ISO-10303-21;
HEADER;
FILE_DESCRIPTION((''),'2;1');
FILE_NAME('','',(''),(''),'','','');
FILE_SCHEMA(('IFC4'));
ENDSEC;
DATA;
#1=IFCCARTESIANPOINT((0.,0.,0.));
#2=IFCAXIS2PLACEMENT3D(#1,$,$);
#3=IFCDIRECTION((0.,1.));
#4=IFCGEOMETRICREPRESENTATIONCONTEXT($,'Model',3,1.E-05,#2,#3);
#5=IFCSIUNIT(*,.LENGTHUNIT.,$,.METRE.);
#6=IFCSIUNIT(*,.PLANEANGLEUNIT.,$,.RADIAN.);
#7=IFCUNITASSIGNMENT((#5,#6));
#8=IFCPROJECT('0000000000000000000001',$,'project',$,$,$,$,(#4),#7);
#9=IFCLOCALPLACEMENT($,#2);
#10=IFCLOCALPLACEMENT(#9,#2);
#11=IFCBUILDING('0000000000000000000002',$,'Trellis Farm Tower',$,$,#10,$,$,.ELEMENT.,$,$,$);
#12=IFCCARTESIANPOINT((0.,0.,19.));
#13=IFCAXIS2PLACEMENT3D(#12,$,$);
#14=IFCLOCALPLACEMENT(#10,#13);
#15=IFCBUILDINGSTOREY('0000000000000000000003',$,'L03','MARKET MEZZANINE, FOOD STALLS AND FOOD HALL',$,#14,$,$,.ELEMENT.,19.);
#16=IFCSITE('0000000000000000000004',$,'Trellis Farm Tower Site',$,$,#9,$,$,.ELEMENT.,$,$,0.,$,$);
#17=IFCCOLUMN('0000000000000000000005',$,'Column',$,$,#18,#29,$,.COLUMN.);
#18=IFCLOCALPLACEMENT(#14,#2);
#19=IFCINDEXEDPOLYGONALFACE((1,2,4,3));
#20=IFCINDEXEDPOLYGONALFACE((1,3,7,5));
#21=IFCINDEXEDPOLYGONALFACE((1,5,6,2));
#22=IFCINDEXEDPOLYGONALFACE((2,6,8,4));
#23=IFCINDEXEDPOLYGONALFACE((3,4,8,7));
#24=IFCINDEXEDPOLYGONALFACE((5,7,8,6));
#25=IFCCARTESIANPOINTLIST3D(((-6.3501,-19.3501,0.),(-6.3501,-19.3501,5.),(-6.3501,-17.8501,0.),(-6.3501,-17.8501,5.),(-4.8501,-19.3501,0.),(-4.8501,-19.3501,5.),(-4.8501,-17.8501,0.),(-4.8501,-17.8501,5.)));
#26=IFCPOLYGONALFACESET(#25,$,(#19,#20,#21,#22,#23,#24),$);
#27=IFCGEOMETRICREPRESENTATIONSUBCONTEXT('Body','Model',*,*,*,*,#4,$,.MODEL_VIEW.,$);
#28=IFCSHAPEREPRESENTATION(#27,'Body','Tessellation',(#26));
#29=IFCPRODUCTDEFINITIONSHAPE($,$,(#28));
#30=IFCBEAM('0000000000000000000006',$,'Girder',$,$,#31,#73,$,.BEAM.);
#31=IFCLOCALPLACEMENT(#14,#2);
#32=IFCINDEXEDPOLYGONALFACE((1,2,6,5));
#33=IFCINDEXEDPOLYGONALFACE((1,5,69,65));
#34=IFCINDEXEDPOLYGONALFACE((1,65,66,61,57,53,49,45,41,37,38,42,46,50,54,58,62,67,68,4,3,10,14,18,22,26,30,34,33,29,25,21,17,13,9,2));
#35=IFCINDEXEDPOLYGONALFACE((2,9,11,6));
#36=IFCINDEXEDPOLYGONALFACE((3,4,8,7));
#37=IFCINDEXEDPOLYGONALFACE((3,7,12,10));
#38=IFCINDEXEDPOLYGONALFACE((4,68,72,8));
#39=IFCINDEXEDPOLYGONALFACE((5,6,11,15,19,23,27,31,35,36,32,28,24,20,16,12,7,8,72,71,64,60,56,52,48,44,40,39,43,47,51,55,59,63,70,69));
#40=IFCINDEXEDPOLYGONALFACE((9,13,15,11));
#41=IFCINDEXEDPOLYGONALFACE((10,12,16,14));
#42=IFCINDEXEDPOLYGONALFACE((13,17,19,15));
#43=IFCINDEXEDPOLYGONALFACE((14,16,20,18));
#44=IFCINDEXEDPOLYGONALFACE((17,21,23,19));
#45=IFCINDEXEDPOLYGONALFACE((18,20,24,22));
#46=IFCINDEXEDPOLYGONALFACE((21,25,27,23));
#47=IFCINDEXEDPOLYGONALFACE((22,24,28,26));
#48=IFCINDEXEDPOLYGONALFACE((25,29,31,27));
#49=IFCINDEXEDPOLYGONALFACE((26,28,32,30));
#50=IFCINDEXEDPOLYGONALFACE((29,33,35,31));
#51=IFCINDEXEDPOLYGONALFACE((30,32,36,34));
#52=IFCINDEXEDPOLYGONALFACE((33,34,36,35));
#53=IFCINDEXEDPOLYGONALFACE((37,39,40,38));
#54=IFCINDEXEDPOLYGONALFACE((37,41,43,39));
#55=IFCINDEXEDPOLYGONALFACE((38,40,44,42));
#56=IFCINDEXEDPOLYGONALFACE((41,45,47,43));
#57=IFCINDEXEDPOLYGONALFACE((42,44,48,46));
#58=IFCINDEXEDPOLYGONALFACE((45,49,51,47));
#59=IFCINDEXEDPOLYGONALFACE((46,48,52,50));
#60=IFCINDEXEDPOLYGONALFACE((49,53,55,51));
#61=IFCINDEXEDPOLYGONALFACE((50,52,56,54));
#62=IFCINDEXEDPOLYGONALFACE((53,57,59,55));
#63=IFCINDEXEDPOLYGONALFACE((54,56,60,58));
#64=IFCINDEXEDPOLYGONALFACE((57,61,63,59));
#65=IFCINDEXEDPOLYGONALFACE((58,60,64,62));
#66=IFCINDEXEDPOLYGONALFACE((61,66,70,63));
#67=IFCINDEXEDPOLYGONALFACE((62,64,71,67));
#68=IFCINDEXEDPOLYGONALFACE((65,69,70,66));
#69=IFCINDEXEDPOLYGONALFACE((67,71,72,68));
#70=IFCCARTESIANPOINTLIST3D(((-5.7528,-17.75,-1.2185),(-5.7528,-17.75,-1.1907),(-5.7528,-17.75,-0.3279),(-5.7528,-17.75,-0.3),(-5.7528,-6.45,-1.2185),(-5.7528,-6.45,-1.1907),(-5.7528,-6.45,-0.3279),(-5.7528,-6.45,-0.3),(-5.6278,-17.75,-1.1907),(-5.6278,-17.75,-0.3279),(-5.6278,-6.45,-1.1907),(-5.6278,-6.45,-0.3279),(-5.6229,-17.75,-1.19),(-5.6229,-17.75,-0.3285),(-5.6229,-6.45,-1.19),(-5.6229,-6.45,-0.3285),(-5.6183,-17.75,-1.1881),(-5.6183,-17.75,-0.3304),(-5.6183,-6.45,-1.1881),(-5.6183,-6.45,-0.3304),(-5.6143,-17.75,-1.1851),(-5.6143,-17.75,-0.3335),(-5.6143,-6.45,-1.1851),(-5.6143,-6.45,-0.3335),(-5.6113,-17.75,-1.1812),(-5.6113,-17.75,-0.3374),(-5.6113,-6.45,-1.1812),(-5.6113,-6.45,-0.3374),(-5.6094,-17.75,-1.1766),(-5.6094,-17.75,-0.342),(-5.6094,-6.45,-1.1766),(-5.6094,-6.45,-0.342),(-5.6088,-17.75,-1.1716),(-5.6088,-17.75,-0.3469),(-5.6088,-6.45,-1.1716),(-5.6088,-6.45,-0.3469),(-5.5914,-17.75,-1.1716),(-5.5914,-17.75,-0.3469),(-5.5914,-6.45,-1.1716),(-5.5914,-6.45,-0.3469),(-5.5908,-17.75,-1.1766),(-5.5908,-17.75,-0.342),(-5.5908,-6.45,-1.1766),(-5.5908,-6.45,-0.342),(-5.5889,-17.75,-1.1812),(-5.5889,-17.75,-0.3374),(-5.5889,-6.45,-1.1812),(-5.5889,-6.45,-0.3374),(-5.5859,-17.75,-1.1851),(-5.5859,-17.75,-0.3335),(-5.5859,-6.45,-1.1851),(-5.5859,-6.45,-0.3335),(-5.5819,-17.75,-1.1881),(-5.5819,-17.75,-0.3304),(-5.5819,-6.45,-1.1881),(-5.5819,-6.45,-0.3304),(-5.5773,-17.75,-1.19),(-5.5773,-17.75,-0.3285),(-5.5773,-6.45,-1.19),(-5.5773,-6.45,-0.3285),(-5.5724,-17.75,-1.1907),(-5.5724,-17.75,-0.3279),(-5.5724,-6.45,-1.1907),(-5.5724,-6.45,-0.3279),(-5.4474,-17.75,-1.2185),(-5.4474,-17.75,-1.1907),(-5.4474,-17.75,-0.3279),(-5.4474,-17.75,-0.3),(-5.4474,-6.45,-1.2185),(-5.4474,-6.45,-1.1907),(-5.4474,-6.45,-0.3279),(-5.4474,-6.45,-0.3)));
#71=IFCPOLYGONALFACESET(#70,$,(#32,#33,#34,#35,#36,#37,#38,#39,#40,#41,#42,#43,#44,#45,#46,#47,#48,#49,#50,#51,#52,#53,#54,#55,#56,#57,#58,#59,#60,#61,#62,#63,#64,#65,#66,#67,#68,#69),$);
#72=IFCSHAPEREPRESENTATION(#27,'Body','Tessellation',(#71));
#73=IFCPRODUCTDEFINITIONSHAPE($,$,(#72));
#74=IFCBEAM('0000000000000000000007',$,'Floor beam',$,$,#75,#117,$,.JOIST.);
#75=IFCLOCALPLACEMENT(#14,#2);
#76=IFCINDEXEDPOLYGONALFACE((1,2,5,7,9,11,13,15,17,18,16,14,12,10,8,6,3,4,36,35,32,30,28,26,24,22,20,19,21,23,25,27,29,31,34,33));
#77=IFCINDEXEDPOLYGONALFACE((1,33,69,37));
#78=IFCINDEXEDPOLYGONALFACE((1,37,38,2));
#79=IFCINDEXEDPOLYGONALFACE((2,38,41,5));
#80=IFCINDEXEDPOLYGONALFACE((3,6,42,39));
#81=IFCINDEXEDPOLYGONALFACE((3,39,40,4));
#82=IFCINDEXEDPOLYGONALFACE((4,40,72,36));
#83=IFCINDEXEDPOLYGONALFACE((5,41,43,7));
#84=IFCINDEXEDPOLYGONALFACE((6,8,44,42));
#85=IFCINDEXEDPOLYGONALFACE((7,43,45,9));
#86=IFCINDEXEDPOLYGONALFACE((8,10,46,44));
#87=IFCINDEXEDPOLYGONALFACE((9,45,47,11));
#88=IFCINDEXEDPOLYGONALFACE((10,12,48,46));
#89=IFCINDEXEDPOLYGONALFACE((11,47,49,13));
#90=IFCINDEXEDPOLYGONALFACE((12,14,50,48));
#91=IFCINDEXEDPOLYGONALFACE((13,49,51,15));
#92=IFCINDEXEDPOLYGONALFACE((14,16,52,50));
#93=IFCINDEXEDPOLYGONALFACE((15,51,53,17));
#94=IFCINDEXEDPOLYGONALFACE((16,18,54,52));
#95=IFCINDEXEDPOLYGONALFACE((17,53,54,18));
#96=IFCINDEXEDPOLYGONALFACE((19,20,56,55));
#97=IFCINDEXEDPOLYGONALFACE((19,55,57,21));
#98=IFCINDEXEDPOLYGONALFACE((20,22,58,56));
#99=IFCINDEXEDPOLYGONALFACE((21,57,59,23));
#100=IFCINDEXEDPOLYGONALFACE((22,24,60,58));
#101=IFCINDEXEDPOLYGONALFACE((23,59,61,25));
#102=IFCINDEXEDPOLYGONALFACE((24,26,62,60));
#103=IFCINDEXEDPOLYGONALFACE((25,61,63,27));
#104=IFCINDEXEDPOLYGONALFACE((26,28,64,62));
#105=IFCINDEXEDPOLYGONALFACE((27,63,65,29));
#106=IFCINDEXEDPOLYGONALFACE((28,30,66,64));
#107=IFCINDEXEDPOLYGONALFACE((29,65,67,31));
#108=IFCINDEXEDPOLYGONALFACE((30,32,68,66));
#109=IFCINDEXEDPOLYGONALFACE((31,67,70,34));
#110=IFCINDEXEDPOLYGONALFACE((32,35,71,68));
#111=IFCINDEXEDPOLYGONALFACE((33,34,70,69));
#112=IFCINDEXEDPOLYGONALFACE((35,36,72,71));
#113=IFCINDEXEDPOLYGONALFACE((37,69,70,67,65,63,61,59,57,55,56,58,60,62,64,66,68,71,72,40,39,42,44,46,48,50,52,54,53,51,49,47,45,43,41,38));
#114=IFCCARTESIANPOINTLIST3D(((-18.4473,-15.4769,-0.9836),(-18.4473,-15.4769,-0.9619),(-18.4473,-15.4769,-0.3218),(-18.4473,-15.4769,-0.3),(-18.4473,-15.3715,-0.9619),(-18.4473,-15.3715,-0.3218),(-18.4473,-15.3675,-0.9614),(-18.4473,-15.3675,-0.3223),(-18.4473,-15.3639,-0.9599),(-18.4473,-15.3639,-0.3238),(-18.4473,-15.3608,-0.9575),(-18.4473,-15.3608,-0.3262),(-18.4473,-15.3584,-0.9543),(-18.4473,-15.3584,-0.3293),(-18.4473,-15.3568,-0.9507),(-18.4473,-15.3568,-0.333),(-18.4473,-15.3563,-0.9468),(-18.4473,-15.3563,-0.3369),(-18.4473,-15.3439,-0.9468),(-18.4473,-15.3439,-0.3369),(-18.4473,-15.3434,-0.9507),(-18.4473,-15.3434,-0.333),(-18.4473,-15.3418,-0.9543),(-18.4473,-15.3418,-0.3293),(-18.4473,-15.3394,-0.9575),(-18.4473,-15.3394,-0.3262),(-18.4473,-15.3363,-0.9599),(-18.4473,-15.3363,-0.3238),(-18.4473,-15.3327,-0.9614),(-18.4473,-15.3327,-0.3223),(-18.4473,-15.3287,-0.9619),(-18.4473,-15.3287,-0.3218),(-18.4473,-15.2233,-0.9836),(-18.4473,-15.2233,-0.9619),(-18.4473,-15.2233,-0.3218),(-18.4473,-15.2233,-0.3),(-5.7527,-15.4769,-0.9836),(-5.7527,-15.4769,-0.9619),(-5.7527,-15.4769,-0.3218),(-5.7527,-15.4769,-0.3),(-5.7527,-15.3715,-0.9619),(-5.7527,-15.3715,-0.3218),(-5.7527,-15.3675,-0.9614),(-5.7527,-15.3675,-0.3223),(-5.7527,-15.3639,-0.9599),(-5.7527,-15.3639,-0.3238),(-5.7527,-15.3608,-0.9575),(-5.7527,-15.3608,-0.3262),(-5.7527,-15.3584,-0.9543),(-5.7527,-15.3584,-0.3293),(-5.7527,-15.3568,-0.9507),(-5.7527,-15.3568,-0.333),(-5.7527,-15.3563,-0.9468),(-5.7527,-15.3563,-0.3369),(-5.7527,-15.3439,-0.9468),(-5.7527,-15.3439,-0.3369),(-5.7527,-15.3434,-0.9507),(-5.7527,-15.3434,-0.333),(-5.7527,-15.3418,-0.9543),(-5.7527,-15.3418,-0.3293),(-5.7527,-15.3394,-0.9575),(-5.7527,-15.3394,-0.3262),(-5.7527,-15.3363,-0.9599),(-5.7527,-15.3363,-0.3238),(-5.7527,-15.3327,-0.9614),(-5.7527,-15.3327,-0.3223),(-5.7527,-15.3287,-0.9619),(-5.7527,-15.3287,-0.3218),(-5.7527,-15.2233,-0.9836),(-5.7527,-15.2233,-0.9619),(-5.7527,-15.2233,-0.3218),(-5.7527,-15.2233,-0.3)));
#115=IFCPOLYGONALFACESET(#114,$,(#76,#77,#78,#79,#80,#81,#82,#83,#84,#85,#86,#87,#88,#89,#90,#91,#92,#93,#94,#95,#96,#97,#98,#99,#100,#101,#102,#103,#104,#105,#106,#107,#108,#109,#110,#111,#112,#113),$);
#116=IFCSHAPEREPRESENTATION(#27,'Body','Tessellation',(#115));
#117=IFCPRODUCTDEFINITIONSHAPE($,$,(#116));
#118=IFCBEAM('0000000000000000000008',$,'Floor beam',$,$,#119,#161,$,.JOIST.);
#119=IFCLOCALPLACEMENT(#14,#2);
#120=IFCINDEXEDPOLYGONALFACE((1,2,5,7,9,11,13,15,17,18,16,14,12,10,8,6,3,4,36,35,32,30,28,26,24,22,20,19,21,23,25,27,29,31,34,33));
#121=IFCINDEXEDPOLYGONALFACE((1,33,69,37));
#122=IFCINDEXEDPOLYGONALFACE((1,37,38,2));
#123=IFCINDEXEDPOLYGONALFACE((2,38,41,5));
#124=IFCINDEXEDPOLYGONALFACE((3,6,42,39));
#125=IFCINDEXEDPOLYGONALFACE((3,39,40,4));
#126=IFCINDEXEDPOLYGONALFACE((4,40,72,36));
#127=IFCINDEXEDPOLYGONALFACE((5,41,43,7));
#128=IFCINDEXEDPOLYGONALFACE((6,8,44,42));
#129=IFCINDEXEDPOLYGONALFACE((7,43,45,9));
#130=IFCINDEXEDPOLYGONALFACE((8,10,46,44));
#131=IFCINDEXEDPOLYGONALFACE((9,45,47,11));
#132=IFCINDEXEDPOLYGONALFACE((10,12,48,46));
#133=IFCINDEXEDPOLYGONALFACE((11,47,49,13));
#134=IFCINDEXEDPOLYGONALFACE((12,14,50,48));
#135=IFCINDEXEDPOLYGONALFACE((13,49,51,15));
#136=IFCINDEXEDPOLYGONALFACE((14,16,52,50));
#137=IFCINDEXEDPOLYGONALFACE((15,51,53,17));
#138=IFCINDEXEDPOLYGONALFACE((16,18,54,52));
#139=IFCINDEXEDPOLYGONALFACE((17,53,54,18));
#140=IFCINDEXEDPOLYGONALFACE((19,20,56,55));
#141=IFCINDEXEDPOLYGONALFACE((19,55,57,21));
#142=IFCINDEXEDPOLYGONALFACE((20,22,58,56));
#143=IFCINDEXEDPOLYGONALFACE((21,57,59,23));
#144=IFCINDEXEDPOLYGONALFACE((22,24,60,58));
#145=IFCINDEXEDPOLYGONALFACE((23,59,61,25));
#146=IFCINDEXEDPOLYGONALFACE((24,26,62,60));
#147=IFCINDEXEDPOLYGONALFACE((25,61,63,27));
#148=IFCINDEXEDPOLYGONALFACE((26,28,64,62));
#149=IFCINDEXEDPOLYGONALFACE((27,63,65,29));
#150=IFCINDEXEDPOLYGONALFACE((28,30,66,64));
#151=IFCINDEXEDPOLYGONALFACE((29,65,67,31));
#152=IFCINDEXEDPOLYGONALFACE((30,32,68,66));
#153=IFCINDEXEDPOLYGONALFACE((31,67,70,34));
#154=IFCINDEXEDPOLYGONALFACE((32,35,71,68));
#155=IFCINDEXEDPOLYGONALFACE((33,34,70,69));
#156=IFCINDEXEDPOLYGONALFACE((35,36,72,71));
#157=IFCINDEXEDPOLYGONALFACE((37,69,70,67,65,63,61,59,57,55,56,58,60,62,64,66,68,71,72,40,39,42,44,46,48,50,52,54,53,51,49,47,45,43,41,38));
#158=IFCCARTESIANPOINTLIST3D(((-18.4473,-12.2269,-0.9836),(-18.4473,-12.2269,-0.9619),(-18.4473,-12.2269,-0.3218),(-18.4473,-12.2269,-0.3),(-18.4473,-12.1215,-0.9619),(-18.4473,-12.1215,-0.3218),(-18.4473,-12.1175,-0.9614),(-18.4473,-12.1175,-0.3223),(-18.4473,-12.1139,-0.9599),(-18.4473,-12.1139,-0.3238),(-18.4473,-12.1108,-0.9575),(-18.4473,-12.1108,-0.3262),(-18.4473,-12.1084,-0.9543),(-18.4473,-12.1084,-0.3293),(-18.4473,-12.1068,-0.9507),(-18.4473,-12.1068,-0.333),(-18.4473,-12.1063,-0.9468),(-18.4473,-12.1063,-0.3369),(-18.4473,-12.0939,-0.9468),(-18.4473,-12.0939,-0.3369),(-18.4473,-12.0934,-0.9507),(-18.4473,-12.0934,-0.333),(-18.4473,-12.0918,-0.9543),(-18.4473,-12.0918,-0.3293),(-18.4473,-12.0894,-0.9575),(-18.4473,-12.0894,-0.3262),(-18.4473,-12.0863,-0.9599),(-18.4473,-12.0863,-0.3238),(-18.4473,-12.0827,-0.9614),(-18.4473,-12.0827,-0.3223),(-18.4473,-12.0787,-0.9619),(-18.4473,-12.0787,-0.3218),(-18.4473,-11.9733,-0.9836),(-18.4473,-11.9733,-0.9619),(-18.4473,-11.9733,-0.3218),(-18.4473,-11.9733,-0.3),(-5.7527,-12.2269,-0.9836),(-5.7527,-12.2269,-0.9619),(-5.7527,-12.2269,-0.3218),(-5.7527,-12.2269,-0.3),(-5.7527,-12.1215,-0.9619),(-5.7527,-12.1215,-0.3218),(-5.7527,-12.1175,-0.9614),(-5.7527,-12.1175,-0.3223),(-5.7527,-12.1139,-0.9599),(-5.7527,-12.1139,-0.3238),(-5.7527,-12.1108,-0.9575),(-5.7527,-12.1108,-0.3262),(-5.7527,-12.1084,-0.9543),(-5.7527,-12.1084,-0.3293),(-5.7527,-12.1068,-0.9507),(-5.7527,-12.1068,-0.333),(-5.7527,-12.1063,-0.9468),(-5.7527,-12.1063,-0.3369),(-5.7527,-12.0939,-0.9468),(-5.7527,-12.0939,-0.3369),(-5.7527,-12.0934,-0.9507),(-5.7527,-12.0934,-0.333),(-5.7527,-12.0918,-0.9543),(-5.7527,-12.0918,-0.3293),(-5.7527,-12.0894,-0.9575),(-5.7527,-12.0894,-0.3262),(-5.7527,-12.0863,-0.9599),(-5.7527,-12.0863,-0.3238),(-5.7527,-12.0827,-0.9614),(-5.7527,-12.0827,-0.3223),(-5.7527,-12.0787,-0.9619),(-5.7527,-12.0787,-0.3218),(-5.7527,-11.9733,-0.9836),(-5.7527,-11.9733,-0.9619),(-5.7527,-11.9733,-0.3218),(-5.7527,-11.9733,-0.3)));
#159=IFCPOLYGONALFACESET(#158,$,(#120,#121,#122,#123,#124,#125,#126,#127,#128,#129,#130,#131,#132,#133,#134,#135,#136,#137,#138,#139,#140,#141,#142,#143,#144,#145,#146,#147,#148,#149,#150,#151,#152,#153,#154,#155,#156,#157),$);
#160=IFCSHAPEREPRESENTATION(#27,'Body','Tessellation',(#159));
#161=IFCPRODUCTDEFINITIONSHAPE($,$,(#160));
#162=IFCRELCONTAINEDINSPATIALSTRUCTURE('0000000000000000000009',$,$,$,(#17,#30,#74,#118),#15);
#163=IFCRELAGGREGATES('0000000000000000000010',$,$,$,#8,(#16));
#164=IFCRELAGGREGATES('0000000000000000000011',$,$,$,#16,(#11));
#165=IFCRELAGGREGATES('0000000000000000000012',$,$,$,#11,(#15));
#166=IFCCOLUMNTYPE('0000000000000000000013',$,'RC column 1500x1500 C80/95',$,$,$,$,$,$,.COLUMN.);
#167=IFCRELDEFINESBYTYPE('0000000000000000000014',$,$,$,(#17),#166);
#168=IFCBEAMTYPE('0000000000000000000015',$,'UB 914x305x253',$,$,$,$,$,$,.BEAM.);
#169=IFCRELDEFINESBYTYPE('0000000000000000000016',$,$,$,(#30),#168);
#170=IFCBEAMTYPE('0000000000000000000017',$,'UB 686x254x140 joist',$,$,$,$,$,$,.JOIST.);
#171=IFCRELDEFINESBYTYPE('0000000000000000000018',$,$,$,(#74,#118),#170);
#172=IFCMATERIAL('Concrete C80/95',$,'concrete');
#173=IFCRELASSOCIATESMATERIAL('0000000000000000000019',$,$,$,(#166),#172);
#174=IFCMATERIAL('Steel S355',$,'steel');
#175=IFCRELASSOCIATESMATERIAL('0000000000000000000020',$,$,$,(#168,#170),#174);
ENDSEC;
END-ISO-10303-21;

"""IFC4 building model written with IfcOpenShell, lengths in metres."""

from ifc_helpers import new_model, si_unit, direction, frame, origin, origin_2d, place, context, subcontext, project, spatial, rectangle, i_section, extrude, source, transform, mapped, material, material_profile, profile_set, type_object, element, save


model = new_model("IFC4")

# Units and contexts
model_context = context("Model", 3, precision=1e-05, world=origin(), true_north=direction((0.0, 1.0)))
body_context = subcontext(model_context, "Body", "Model", "MODEL_VIEW")
ifc_project = project(units=[si_unit("LENGTHUNIT", "METRE"), si_unit("PLANEANGLEUNIT", "RADIAN")], contexts=[model_context])

# Site, building, storey
site_placement = place(None, origin())
site = spatial("IfcSite", under=ifc_project, at=site_placement, Name="Trellis Farm Tower Site", CompositionType="ELEMENT", RefElevation=0.0)
building_placement = place(site_placement, origin())
building = spatial("IfcBuilding", under=site, at=building_placement, Name="Trellis Farm Tower", CompositionType="ELEMENT")
storey_placement = place(building_placement, frame((0.0, 0.0, 19.0)))
storey = spatial("IfcBuildingStorey", under=building, at=storey_placement, Name="L03", Description="MARKET MEZZANINE, FOOD STALLS AND FOOD HALL", CompositionType="ELEMENT", Elevation=19.0)

# Column
ifc_material_1 = material(Name="Concrete C80/95", Category="concrete")
ifc_material_profile_1 = material_profile(ifc_material_1, rectangle(XDim=1.5, YDim=1.5, at=origin_2d()), Name="RC column 1500x1500 C80/95")
ifc_profile_set_1 = profile_set([ifc_material_profile_1], Name="Concrete C80/95")
column_type = type_object("IfcColumnType", Name="RC column 1500x1500 C80/95", PredefinedType="COLUMN", material=ifc_profile_set_1)
shared_shape_1 = source(origin(), body_context, "Body", "SweptSolid", [
    extrude(rectangle(XDim=1.5, YDim=1.5, at=origin_2d()), origin(), (0.0, 0.0, 1.0), 5.0),
])
column_placement = place(storey_placement, frame((-5.6001, -18.6001, 0.0), z_axis=(0.0, 0.0, 1.0), x_axis=(1.0, 0.0, 0.0)))
element("IfcColumn", 1, at=column_placement, inside=storey, type_object=column_type, Name="Column", PredefinedType="COLUMN", context=body_context, shape_type="MappedRepresentation", body=[
    mapped(shared_shape_1, transform((0.0, 0.0, 0.0))),
])

# Beams
ifc_material_2 = material(Name="Steel S355", Category="steel")
ifc_material_profile_2 = material_profile(ifc_material_2, i_section(OverallWidth=0.3054, OverallDepth=0.9185, WebThickness=0.0173, FlangeThickness=0.0278, FilletRadius=0.019, at=origin_2d()), Name="UB 914x305x253")
ifc_profile_set_2 = profile_set([ifc_material_profile_2], Name="Steel S355")
beam_type_1 = type_object("IfcBeamType", Name="UB 914x305x253", PredefinedType="BEAM", material=ifc_profile_set_2)
shared_shape_2 = source(origin(), body_context, "Body", "SweptSolid", [
    extrude(i_section(OverallWidth=0.3054, OverallDepth=0.9185, WebThickness=0.0173, FlangeThickness=0.0278, FilletRadius=0.019, at=origin_2d()), origin(), (0.0, 0.0, 1.0), 11.3),
])
beam_1_placement = place(storey_placement, frame((-5.6001, -17.75, -0.7593), z_axis=(0.0, 1.0, 0.0), x_axis=(-1.0, 0.0, 0.0)))
element("IfcBeam", 2, at=beam_1_placement, inside=storey, type_object=beam_type_1, Name="Girder", PredefinedType="BEAM", context=body_context, shape_type="MappedRepresentation", body=[
    mapped(shared_shape_2, transform((0.0, 0.0, 0.0))),
])
ifc_material_profile_3 = material_profile(ifc_material_2, i_section(OverallWidth=0.2537, OverallDepth=0.6836, WebThickness=0.0125, FlangeThickness=0.0217, FilletRadius=0.0151, at=origin_2d()), Name="UB 686x254x140")
ifc_profile_set_3 = profile_set([ifc_material_profile_3], Name="Steel S355")
beam_type_2 = type_object("IfcBeamType", Name="UB 686x254x140 joist", PredefinedType="JOIST", material=ifc_profile_set_3)
shared_shape_3 = source(origin(), body_context, "Body", "SweptSolid", [
    extrude(i_section(OverallWidth=0.2537, OverallDepth=0.6836, WebThickness=0.0125, FlangeThickness=0.0217, FilletRadius=0.0151, at=origin_2d()), origin(), (0.0, 0.0, 1.0), 12.6946),
])
for number, where, z_axis, x_axis, name in (
    (3, (-18.4473, -15.3501, -0.6418), (1.0, 0.0, 0.0), (0.0, 1.0, 0.0), "Floor beam"),
    (4, (-18.4473, -12.1001, -0.6418), (1.0, 0.0, 0.0), (0.0, 1.0, 0.0), "Floor beam"),
):
    element("IfcBeam", number, at=place(storey_placement, frame(where, z_axis=z_axis, x_axis=x_axis)), inside=storey, type_object=beam_type_2, Name=name, PredefinedType="JOIST", context=body_context, shape_type="MappedRepresentation", body=[
        mapped(shared_shape_3, transform((0.0, 0.0, 0.0))),
    ])

save(model, "model.ifc")
